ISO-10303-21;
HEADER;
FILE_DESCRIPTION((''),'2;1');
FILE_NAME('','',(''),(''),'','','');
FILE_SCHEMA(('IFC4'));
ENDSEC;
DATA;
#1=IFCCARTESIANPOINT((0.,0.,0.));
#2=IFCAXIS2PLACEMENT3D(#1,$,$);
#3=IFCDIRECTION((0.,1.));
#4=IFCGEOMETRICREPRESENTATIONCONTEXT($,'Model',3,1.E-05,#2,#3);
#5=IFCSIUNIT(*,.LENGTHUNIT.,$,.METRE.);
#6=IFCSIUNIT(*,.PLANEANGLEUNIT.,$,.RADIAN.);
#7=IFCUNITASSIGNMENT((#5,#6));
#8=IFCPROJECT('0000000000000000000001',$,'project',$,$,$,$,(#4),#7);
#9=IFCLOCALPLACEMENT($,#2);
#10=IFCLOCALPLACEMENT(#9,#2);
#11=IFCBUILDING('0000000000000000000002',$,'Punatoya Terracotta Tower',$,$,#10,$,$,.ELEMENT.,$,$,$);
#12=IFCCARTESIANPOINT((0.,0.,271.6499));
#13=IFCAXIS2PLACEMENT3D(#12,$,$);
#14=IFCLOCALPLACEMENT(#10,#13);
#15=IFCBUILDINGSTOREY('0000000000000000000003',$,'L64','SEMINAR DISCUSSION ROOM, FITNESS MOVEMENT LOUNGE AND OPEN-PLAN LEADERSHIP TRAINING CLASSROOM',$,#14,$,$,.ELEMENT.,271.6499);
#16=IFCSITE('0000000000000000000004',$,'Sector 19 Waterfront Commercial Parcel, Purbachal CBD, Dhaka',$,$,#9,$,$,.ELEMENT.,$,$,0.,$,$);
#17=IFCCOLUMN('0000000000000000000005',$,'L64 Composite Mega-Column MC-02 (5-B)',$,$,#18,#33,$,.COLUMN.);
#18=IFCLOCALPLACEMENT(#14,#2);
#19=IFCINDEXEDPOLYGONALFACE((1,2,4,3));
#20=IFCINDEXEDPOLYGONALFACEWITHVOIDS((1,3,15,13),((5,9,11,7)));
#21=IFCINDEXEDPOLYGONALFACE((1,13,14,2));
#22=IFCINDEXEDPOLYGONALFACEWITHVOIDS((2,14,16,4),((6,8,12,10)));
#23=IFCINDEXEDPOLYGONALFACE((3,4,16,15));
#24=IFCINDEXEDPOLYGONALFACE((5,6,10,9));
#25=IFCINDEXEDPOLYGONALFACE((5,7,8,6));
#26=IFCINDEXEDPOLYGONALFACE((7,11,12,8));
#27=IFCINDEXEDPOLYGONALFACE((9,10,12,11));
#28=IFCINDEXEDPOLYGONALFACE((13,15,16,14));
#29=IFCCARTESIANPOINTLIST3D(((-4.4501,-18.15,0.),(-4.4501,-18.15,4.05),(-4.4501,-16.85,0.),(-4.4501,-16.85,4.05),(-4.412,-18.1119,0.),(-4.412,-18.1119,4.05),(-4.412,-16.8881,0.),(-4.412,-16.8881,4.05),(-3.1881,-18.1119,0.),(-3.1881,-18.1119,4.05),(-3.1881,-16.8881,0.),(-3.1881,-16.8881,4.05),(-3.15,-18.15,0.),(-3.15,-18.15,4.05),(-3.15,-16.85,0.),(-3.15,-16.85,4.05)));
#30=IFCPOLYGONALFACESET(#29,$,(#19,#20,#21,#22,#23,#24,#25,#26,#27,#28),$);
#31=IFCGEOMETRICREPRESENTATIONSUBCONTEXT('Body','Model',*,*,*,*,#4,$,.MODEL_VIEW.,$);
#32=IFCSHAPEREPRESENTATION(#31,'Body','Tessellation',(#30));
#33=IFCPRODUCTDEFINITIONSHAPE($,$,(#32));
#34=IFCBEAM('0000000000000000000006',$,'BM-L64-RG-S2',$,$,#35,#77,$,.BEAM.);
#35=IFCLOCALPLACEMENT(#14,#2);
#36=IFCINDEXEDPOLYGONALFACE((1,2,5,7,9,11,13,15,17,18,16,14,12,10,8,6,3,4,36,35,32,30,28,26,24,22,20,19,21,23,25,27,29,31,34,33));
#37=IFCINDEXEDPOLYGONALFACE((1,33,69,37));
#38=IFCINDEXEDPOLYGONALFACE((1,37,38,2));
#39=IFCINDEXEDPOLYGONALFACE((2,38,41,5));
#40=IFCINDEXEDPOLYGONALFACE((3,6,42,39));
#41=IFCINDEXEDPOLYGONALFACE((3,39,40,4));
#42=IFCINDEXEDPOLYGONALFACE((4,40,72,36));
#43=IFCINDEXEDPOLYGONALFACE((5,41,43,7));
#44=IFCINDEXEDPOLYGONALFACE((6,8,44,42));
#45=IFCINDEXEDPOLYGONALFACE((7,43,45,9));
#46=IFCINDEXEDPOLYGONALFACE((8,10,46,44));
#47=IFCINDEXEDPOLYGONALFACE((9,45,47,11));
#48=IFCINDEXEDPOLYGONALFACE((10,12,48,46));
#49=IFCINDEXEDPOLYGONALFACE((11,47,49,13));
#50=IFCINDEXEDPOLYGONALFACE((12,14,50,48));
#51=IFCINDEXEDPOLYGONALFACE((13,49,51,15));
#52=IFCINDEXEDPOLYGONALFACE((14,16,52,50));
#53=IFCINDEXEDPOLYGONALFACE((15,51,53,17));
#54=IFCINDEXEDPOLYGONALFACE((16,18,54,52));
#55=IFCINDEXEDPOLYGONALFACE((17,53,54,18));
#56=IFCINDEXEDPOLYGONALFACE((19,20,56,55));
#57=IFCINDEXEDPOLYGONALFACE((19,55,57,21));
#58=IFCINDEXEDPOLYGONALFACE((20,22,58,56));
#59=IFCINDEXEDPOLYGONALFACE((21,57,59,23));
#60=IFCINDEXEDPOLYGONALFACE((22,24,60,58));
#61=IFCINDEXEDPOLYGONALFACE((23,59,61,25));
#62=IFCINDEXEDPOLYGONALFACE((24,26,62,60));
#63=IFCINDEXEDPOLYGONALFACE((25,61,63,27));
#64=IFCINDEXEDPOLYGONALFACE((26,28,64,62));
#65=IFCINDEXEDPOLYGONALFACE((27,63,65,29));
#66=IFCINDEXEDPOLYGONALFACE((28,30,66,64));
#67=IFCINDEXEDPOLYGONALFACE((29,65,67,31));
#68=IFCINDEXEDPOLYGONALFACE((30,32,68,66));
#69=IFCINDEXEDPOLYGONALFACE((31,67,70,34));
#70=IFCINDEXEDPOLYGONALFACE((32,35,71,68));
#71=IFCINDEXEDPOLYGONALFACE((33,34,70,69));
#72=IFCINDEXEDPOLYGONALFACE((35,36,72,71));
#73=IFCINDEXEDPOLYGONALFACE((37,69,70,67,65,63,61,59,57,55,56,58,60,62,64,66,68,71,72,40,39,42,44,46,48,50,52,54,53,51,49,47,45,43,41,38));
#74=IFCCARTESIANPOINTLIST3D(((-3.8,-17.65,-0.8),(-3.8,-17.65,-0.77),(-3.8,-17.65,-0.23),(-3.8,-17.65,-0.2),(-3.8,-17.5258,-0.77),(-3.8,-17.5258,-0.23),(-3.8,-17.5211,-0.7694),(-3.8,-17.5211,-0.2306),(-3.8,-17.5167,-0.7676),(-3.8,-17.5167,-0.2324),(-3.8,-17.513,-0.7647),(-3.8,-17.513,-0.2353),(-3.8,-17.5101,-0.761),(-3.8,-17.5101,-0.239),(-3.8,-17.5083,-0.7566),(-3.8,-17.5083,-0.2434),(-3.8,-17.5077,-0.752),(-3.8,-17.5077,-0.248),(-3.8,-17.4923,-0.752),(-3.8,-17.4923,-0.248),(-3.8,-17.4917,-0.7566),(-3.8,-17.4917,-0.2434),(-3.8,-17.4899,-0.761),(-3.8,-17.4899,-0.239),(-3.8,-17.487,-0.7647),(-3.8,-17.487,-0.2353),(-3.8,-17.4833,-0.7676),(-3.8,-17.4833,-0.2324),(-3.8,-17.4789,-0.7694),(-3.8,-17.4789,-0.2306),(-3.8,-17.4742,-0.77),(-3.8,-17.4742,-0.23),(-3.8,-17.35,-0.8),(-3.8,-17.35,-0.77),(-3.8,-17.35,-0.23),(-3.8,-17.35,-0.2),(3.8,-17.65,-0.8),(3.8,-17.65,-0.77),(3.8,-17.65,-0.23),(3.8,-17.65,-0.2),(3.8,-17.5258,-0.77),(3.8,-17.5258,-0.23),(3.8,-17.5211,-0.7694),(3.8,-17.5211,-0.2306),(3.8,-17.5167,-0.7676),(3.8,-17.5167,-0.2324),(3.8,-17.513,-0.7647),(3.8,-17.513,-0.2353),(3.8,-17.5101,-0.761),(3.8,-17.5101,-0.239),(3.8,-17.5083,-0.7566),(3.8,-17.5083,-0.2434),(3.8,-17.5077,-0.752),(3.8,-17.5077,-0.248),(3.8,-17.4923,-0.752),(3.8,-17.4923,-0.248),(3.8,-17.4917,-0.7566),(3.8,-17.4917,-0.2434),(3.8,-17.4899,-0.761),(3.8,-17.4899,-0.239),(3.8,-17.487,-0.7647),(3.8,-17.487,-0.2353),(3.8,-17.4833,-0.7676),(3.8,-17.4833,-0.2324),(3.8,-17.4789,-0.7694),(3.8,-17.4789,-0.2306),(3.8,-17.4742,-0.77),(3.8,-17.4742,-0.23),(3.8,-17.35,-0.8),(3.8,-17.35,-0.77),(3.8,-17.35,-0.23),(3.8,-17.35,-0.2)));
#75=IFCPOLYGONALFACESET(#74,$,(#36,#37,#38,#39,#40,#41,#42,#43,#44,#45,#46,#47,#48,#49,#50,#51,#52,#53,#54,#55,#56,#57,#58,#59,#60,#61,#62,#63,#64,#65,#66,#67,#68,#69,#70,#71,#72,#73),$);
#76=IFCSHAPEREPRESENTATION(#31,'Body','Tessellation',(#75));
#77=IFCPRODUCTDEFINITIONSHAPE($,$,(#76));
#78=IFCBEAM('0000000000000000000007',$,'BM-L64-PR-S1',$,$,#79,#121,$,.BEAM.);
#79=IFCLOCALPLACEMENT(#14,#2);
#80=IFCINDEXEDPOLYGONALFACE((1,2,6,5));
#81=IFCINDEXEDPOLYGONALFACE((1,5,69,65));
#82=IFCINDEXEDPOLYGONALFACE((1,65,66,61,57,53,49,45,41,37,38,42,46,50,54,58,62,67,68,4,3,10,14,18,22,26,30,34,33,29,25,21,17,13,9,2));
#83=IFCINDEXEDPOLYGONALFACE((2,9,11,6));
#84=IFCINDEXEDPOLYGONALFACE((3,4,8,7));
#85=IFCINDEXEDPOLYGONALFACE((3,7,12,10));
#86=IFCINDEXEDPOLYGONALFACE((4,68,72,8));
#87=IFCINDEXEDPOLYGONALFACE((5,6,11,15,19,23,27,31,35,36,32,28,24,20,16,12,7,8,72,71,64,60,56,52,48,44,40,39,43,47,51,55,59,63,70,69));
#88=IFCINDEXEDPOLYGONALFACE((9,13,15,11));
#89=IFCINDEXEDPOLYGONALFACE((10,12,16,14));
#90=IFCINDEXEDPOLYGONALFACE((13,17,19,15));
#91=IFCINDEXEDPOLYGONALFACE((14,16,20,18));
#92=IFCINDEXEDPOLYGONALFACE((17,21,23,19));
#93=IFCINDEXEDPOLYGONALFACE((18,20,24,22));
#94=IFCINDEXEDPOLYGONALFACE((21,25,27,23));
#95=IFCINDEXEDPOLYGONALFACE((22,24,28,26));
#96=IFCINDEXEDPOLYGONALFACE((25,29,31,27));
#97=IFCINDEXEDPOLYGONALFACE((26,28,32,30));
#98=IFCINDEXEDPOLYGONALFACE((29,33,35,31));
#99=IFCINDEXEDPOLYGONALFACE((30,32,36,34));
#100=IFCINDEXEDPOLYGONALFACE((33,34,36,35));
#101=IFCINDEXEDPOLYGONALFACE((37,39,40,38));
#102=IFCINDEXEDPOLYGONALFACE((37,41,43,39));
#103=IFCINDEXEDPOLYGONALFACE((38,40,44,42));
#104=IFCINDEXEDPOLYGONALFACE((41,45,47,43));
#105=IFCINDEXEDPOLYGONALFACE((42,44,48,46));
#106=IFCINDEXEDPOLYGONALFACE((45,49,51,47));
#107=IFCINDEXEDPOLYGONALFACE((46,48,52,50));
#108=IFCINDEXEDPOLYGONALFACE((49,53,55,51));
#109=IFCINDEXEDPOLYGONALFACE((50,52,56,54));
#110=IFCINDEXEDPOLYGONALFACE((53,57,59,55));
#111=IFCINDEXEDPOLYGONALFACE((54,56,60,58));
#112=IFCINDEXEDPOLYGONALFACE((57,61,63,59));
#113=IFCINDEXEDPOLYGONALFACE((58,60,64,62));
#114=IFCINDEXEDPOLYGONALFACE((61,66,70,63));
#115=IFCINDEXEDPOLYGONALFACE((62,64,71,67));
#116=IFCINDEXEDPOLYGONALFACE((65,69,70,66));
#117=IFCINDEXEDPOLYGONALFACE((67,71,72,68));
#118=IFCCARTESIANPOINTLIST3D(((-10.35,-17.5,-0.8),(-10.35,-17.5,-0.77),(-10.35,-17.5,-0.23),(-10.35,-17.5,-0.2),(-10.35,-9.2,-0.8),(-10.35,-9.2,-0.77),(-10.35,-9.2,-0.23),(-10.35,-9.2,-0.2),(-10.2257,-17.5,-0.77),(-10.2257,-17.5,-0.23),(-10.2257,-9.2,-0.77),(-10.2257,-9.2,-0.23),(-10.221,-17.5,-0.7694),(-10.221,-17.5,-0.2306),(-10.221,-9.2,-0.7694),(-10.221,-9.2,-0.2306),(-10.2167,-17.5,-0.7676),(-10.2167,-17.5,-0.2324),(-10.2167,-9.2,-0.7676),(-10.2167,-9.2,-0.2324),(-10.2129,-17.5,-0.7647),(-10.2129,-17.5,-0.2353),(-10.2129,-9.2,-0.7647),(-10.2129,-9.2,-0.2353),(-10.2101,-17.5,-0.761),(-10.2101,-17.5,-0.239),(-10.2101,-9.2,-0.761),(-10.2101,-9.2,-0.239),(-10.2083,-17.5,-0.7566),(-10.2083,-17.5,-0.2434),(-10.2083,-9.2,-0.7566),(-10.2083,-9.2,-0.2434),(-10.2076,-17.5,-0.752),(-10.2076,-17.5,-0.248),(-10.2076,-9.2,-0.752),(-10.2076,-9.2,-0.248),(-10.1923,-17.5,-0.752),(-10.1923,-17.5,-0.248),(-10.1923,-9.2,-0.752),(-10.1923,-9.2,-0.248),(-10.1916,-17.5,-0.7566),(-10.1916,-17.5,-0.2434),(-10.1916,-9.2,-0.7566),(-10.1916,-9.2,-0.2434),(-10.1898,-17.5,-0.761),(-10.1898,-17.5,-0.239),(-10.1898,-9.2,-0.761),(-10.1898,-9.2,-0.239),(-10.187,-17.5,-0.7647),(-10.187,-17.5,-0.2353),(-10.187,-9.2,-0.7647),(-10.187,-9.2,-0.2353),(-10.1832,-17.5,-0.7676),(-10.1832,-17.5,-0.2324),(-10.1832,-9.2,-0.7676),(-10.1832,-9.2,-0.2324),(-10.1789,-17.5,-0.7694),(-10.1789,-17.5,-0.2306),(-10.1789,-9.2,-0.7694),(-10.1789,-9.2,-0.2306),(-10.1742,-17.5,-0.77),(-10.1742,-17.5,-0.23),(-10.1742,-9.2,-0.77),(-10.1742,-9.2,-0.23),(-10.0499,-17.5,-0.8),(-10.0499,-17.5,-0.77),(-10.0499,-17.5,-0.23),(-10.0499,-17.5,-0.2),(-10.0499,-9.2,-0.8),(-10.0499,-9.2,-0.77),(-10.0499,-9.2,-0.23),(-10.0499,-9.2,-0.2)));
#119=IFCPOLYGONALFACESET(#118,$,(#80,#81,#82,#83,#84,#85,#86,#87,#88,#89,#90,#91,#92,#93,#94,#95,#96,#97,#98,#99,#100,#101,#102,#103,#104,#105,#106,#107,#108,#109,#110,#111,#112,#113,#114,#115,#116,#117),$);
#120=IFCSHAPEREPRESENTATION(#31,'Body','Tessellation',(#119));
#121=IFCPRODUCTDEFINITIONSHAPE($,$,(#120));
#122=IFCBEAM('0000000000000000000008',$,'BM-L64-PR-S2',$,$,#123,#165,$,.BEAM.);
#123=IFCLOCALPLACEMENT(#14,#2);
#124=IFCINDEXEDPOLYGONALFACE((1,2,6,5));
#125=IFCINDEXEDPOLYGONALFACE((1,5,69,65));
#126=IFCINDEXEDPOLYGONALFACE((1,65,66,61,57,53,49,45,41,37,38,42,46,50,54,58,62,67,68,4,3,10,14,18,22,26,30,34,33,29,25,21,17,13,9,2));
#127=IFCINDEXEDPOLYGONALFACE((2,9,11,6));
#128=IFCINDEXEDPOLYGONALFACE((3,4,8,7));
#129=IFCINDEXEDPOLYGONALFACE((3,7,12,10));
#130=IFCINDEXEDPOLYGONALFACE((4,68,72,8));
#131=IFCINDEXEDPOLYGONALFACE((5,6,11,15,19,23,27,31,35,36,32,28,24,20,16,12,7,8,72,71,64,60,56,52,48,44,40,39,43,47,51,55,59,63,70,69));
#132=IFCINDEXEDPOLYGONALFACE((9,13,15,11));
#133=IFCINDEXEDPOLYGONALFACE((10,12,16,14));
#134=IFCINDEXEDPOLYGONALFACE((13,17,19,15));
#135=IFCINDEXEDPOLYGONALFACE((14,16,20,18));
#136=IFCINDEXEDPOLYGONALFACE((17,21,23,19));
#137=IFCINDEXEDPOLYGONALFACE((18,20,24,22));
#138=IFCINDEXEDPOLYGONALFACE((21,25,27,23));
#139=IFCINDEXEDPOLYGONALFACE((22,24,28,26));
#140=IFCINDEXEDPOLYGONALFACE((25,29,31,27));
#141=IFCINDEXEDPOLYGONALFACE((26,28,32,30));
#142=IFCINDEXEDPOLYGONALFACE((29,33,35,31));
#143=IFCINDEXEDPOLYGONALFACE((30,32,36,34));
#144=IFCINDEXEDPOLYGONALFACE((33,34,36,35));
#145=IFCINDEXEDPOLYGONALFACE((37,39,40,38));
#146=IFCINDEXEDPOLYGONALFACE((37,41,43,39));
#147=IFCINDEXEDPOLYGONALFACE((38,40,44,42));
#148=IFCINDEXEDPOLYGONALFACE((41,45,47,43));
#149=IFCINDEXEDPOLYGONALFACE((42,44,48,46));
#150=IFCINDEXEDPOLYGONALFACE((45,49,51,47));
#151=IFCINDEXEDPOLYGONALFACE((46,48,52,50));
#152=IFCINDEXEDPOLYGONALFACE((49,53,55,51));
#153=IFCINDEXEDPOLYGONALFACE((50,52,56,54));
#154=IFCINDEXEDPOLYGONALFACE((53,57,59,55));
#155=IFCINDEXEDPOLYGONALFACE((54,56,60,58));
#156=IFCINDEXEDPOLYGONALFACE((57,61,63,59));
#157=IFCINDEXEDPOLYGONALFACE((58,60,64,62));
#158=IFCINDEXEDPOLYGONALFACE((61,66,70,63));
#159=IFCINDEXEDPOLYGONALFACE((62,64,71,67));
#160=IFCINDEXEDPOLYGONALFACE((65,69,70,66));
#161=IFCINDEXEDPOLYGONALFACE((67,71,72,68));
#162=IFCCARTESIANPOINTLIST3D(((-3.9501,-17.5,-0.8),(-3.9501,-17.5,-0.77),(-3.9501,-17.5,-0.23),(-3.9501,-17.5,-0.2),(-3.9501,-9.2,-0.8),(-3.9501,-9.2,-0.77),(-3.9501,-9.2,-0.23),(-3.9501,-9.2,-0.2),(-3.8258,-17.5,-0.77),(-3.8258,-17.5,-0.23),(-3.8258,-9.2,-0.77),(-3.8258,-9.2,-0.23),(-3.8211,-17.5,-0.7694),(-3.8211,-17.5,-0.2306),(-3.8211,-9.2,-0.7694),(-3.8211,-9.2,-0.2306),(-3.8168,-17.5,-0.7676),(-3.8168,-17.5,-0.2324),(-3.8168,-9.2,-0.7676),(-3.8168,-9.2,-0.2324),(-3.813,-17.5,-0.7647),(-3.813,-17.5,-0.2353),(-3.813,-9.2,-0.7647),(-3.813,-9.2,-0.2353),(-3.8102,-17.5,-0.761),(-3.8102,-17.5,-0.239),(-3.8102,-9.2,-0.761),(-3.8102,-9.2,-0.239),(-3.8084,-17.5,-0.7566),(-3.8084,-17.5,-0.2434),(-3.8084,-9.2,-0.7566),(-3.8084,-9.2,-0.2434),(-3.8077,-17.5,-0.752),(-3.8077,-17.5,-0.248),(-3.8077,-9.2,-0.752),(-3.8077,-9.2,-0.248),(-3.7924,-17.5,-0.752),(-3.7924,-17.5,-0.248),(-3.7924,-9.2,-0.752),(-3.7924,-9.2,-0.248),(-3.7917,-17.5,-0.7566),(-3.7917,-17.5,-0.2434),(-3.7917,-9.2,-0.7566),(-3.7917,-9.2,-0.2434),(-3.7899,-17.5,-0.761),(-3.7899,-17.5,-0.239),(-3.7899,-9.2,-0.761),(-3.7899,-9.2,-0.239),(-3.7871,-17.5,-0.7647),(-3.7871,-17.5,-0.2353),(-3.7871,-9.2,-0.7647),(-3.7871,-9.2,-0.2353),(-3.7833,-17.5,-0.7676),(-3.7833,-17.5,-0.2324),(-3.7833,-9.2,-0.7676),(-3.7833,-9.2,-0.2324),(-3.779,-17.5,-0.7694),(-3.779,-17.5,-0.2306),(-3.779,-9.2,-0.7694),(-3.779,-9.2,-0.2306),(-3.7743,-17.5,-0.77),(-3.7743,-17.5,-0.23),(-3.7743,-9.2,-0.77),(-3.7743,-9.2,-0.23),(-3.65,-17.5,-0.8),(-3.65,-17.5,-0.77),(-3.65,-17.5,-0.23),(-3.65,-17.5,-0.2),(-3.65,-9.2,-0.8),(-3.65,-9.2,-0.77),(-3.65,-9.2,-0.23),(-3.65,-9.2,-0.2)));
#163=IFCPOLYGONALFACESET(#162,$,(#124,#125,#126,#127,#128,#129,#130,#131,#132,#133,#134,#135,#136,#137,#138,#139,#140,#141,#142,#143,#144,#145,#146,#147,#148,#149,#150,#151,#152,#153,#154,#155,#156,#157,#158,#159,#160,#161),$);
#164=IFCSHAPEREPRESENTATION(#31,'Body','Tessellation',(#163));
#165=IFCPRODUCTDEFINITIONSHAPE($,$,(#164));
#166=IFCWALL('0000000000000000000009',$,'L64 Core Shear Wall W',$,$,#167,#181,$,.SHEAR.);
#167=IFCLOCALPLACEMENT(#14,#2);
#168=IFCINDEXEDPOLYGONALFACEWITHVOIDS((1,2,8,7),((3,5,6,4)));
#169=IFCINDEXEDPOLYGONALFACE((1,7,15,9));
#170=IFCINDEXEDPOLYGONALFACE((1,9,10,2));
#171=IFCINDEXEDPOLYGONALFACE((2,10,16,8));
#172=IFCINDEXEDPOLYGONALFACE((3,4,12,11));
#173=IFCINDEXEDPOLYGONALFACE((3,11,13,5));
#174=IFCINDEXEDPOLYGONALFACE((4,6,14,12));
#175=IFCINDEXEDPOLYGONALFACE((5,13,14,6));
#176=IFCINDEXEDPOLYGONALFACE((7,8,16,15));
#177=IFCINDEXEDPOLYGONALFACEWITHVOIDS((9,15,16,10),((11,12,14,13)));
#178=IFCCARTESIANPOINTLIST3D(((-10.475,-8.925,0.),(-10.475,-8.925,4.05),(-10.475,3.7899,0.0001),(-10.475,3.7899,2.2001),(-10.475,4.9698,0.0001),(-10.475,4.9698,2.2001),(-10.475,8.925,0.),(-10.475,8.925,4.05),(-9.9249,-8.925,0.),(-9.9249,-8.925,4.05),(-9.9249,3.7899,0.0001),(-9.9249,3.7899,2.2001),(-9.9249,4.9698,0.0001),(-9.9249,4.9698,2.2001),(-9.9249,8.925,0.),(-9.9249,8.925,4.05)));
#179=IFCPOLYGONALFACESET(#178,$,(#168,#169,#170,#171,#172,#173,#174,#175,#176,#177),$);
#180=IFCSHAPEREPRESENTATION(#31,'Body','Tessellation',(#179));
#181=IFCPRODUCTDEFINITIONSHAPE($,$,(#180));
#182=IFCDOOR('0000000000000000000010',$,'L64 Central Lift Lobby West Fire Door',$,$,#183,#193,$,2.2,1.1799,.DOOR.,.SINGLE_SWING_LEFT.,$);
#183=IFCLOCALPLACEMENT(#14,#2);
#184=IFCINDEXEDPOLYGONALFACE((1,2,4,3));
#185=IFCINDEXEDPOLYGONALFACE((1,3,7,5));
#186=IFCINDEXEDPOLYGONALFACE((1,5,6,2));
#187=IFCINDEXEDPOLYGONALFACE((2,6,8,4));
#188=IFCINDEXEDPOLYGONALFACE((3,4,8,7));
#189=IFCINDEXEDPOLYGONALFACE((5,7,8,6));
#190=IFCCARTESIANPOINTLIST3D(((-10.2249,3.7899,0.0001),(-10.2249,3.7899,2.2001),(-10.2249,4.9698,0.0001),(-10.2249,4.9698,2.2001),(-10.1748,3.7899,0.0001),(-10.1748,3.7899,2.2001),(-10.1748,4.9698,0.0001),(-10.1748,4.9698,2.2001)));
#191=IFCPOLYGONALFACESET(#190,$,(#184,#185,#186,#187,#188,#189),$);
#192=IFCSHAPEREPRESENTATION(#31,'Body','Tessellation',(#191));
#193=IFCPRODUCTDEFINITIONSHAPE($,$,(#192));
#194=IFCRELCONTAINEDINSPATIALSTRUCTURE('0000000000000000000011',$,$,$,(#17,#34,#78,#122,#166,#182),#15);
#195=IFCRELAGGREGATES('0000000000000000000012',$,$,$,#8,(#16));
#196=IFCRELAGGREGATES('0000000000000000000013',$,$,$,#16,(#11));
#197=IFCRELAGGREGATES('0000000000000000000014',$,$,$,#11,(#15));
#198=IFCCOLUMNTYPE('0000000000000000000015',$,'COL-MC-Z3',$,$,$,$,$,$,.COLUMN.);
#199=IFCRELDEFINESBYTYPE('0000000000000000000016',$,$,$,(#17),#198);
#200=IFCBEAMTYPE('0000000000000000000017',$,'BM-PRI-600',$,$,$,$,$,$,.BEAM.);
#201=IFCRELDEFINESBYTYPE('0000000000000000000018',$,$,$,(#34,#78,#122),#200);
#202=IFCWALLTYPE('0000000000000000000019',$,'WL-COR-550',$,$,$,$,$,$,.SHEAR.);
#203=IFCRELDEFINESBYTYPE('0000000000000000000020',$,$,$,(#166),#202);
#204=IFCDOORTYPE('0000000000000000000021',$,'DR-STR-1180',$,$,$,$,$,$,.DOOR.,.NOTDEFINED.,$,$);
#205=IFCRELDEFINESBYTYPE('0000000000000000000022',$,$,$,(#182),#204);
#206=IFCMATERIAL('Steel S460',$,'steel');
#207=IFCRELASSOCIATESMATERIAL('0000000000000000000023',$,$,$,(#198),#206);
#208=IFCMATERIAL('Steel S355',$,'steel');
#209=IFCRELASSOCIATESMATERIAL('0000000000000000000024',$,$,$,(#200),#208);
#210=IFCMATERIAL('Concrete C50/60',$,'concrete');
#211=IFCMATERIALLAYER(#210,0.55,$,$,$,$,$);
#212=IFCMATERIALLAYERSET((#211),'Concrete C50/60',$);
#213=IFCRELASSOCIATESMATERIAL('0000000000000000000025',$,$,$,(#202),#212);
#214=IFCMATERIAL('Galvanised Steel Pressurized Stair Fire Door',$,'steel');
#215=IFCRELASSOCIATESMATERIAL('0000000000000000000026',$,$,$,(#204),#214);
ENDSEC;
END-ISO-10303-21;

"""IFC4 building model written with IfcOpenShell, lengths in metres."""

from ifc_helpers import new_model, si_unit, direction, frame, frame_2d, origin, origin_2d, place, context, subcontext, project, spatial, rectangle, hollow_rectangle, i_section, extrude, material, layer, layer_set, material_profile, profile_set, type_object, element, fill, save


model = new_model("IFC4")

# Units and contexts
model_context = context("Model", 3, precision=1e-05, world=origin(), true_north=direction((0.0, 1.0)))
body_context = subcontext(model_context, "Body", "Model", "MODEL_VIEW")
ifc_project = project(units=[si_unit("LENGTHUNIT", "METRE"), si_unit("PLANEANGLEUNIT", "RADIAN")], contexts=[model_context])

# Site, building, storey
site_placement = place(None, origin())
site = spatial("IfcSite", under=ifc_project, at=site_placement, Name="Sector 19 Waterfront Commercial Parcel, Purbachal CBD, Dhaka", CompositionType="ELEMENT", RefElevation=0.0)
building_placement = place(site_placement, origin())
building = spatial("IfcBuilding", under=site, at=building_placement, Name="Punatoya Terracotta Tower", CompositionType="ELEMENT")
storey_placement = place(building_placement, frame((0.0, 0.0, 271.6499)))
storey = spatial("IfcBuildingStorey", under=building, at=storey_placement, Name="L64", Description="SEMINAR DISCUSSION ROOM, FITNESS MOVEMENT LOUNGE AND OPEN-PLAN LEADERSHIP TRAINING CLASSROOM", CompositionType="ELEMENT", Elevation=271.6499)

# Column
ifc_material_1 = material(Name="Steel S460", Category="steel")
ifc_material_profile_1 = material_profile(ifc_material_1, hollow_rectangle(XDim=1.3, YDim=1.3, WallThickness=0.0381, at=origin_2d()))
ifc_profile_set_1 = profile_set([ifc_material_profile_1], Name="Steel S460")
column_type = type_object("IfcColumnType", Name="COL-MC-Z3", PredefinedType="COLUMN", material=ifc_profile_set_1)
column_placement = place(storey_placement, frame((-3.8, -17.5, 0.0), z_axis=(0.0, 0.0, 1.0), x_axis=(1.0, 0.0, 0.0)))
element("IfcColumn", 1, at=column_placement, inside=storey, type_object=column_type, Name="L64 Composite Mega-Column MC-02 (5-B)", PredefinedType="COLUMN", context=body_context, shape_type="SweptSolid", body=[
    extrude(hollow_rectangle(XDim=1.3, YDim=1.3, WallThickness=0.0381, at=origin_2d()), origin(), (0.0, 0.0, 1.0), 4.05),
])

# Beams
ifc_material_2 = material(Name="Steel S355", Category="steel")
ifc_material_profile_2 = material_profile(ifc_material_2, i_section(OverallWidth=0.3, OverallDepth=0.6001, WebThickness=0.0154, FlangeThickness=0.03, FilletRadius=0.0181, at=origin_2d()))
ifc_profile_set_2 = profile_set([ifc_material_profile_2], Name="Steel S355")
beam_type = type_object("IfcBeamType", Name="BM-PRI-600", PredefinedType="BEAM", material=ifc_profile_set_2)
beam_placement = place(storey_placement, frame((-3.8, -17.5, -0.5), z_axis=(1.0, 0.0, 0.0), x_axis=(0.0, 1.0, 0.0)))
element("IfcBeam", 2, at=beam_placement, inside=storey, type_object=beam_type, Name="BM-L64-RG-S2", PredefinedType="BEAM", context=body_context, shape_type="SweptSolid", body=[
    extrude(i_section(OverallWidth=0.3, OverallDepth=0.6001, WebThickness=0.0154, FlangeThickness=0.03, FilletRadius=0.0181, at=origin_2d()), origin(), (0.0, 0.0, 1.0), 7.6001),
])
for number, where, z_axis, x_axis, name in (
    (3, (-10.2, -17.5, -0.5), (0.0, 1.0, 0.0), (-1.0, 0.0, 0.0), "BM-L64-PR-S1"),
    (4, (-3.8, -17.5, -0.5), (0.0, 1.0, 0.0), (-1.0, 0.0, 0.0), "BM-L64-PR-S2"),
):
    element("IfcBeam", number, at=place(storey_placement, frame(where, z_axis=z_axis, x_axis=x_axis)), inside=storey, type_object=beam_type, Name=name, PredefinedType="BEAM", context=body_context, shape_type="SweptSolid", body=[
        extrude(i_section(OverallWidth=0.3, OverallDepth=0.6001, WebThickness=0.0154, FlangeThickness=0.03, FilletRadius=0.0181, at=origin_2d()), origin(), (0.0, 0.0, 1.0), 8.3),
    ])

# Wall, opening, door
ifc_material_3 = material(Name="Concrete C50/60", Category="concrete")
ifc_layer_1 = layer(ifc_material_3, 0.55)
ifc_layer_set_1 = layer_set([ifc_layer_1], Name="Concrete C50/60")
wall_type_1 = type_object("IfcWallType", Name="WL-COR-550", PredefinedType="SHEAR", material=ifc_layer_set_1)
wall_1_placement = place(storey_placement, frame((-10.2, -8.925, 0.0), z_axis=(0.0, 0.0, 1.0), x_axis=(0.0, 1.0, 0.0)))
wall_1 = element("IfcWall", 5, at=wall_1_placement, inside=storey, type_object=wall_type_1, Name="L64 Core Shear Wall W", PredefinedType="SHEAR", context=body_context, shape_type="SweptSolid", body=[
    extrude(rectangle(XDim=17.8501, YDim=0.55, at=frame_2d((8.925, 0.0))), origin(), (0.0, 0.0, 1.0), 4.05),
])
opening_1_placement = place(wall_1_placement, frame((12.7151, 0.0, 0.0)))
opening_1 = element("IfcOpeningElement", 6, at=opening_1_placement, cuts=wall_1, PredefinedType="OPENING", context=body_context, shape_type="SweptSolid", body=[
    extrude(rectangle(XDim=1.1799, YDim=2.2, at=frame_2d((0.5898, 1.1001))), frame((0.0, 0.2849, 0.0), z_axis=(0.0, -1.0, 0.0), x_axis=(1.0, 0.0, 0.0)), (0.0, 0.0, 1.0), 0.5701),
])
ifc_material_4 = material(Name="Galvanised Steel Pressurized Stair Fire Door", Category="steel")
door_type_1 = type_object("IfcDoorType", Name="DR-STR-1180", OperationType="NOTDEFINED", PredefinedType="DOOR", material=ifc_material_4)
door_1_placement = place(opening_1_placement, origin())
door_1 = element("IfcDoor", 7, at=door_1_placement, inside=storey, type_object=door_type_1, Name="L64 Central Lift Lobby West Fire Door", OperationType="SINGLE_SWING_LEFT", OverallHeight=2.2, OverallWidth=1.1799, PredefinedType="DOOR", context=body_context, shape_type="SweptSolid", body=[
    extrude(rectangle(XDim=1.1799, YDim=2.2, at=frame_2d((0.5898, 1.1001))), frame((0.0, 0.0249, 0.0), z_axis=(0.0, -1.0, 0.0), x_axis=(1.0, 0.0, 0.0)), (0.0, 0.0, 1.0), 0.05),
])
fill(opening_1, door_1)

save(model, "model.ifc")
